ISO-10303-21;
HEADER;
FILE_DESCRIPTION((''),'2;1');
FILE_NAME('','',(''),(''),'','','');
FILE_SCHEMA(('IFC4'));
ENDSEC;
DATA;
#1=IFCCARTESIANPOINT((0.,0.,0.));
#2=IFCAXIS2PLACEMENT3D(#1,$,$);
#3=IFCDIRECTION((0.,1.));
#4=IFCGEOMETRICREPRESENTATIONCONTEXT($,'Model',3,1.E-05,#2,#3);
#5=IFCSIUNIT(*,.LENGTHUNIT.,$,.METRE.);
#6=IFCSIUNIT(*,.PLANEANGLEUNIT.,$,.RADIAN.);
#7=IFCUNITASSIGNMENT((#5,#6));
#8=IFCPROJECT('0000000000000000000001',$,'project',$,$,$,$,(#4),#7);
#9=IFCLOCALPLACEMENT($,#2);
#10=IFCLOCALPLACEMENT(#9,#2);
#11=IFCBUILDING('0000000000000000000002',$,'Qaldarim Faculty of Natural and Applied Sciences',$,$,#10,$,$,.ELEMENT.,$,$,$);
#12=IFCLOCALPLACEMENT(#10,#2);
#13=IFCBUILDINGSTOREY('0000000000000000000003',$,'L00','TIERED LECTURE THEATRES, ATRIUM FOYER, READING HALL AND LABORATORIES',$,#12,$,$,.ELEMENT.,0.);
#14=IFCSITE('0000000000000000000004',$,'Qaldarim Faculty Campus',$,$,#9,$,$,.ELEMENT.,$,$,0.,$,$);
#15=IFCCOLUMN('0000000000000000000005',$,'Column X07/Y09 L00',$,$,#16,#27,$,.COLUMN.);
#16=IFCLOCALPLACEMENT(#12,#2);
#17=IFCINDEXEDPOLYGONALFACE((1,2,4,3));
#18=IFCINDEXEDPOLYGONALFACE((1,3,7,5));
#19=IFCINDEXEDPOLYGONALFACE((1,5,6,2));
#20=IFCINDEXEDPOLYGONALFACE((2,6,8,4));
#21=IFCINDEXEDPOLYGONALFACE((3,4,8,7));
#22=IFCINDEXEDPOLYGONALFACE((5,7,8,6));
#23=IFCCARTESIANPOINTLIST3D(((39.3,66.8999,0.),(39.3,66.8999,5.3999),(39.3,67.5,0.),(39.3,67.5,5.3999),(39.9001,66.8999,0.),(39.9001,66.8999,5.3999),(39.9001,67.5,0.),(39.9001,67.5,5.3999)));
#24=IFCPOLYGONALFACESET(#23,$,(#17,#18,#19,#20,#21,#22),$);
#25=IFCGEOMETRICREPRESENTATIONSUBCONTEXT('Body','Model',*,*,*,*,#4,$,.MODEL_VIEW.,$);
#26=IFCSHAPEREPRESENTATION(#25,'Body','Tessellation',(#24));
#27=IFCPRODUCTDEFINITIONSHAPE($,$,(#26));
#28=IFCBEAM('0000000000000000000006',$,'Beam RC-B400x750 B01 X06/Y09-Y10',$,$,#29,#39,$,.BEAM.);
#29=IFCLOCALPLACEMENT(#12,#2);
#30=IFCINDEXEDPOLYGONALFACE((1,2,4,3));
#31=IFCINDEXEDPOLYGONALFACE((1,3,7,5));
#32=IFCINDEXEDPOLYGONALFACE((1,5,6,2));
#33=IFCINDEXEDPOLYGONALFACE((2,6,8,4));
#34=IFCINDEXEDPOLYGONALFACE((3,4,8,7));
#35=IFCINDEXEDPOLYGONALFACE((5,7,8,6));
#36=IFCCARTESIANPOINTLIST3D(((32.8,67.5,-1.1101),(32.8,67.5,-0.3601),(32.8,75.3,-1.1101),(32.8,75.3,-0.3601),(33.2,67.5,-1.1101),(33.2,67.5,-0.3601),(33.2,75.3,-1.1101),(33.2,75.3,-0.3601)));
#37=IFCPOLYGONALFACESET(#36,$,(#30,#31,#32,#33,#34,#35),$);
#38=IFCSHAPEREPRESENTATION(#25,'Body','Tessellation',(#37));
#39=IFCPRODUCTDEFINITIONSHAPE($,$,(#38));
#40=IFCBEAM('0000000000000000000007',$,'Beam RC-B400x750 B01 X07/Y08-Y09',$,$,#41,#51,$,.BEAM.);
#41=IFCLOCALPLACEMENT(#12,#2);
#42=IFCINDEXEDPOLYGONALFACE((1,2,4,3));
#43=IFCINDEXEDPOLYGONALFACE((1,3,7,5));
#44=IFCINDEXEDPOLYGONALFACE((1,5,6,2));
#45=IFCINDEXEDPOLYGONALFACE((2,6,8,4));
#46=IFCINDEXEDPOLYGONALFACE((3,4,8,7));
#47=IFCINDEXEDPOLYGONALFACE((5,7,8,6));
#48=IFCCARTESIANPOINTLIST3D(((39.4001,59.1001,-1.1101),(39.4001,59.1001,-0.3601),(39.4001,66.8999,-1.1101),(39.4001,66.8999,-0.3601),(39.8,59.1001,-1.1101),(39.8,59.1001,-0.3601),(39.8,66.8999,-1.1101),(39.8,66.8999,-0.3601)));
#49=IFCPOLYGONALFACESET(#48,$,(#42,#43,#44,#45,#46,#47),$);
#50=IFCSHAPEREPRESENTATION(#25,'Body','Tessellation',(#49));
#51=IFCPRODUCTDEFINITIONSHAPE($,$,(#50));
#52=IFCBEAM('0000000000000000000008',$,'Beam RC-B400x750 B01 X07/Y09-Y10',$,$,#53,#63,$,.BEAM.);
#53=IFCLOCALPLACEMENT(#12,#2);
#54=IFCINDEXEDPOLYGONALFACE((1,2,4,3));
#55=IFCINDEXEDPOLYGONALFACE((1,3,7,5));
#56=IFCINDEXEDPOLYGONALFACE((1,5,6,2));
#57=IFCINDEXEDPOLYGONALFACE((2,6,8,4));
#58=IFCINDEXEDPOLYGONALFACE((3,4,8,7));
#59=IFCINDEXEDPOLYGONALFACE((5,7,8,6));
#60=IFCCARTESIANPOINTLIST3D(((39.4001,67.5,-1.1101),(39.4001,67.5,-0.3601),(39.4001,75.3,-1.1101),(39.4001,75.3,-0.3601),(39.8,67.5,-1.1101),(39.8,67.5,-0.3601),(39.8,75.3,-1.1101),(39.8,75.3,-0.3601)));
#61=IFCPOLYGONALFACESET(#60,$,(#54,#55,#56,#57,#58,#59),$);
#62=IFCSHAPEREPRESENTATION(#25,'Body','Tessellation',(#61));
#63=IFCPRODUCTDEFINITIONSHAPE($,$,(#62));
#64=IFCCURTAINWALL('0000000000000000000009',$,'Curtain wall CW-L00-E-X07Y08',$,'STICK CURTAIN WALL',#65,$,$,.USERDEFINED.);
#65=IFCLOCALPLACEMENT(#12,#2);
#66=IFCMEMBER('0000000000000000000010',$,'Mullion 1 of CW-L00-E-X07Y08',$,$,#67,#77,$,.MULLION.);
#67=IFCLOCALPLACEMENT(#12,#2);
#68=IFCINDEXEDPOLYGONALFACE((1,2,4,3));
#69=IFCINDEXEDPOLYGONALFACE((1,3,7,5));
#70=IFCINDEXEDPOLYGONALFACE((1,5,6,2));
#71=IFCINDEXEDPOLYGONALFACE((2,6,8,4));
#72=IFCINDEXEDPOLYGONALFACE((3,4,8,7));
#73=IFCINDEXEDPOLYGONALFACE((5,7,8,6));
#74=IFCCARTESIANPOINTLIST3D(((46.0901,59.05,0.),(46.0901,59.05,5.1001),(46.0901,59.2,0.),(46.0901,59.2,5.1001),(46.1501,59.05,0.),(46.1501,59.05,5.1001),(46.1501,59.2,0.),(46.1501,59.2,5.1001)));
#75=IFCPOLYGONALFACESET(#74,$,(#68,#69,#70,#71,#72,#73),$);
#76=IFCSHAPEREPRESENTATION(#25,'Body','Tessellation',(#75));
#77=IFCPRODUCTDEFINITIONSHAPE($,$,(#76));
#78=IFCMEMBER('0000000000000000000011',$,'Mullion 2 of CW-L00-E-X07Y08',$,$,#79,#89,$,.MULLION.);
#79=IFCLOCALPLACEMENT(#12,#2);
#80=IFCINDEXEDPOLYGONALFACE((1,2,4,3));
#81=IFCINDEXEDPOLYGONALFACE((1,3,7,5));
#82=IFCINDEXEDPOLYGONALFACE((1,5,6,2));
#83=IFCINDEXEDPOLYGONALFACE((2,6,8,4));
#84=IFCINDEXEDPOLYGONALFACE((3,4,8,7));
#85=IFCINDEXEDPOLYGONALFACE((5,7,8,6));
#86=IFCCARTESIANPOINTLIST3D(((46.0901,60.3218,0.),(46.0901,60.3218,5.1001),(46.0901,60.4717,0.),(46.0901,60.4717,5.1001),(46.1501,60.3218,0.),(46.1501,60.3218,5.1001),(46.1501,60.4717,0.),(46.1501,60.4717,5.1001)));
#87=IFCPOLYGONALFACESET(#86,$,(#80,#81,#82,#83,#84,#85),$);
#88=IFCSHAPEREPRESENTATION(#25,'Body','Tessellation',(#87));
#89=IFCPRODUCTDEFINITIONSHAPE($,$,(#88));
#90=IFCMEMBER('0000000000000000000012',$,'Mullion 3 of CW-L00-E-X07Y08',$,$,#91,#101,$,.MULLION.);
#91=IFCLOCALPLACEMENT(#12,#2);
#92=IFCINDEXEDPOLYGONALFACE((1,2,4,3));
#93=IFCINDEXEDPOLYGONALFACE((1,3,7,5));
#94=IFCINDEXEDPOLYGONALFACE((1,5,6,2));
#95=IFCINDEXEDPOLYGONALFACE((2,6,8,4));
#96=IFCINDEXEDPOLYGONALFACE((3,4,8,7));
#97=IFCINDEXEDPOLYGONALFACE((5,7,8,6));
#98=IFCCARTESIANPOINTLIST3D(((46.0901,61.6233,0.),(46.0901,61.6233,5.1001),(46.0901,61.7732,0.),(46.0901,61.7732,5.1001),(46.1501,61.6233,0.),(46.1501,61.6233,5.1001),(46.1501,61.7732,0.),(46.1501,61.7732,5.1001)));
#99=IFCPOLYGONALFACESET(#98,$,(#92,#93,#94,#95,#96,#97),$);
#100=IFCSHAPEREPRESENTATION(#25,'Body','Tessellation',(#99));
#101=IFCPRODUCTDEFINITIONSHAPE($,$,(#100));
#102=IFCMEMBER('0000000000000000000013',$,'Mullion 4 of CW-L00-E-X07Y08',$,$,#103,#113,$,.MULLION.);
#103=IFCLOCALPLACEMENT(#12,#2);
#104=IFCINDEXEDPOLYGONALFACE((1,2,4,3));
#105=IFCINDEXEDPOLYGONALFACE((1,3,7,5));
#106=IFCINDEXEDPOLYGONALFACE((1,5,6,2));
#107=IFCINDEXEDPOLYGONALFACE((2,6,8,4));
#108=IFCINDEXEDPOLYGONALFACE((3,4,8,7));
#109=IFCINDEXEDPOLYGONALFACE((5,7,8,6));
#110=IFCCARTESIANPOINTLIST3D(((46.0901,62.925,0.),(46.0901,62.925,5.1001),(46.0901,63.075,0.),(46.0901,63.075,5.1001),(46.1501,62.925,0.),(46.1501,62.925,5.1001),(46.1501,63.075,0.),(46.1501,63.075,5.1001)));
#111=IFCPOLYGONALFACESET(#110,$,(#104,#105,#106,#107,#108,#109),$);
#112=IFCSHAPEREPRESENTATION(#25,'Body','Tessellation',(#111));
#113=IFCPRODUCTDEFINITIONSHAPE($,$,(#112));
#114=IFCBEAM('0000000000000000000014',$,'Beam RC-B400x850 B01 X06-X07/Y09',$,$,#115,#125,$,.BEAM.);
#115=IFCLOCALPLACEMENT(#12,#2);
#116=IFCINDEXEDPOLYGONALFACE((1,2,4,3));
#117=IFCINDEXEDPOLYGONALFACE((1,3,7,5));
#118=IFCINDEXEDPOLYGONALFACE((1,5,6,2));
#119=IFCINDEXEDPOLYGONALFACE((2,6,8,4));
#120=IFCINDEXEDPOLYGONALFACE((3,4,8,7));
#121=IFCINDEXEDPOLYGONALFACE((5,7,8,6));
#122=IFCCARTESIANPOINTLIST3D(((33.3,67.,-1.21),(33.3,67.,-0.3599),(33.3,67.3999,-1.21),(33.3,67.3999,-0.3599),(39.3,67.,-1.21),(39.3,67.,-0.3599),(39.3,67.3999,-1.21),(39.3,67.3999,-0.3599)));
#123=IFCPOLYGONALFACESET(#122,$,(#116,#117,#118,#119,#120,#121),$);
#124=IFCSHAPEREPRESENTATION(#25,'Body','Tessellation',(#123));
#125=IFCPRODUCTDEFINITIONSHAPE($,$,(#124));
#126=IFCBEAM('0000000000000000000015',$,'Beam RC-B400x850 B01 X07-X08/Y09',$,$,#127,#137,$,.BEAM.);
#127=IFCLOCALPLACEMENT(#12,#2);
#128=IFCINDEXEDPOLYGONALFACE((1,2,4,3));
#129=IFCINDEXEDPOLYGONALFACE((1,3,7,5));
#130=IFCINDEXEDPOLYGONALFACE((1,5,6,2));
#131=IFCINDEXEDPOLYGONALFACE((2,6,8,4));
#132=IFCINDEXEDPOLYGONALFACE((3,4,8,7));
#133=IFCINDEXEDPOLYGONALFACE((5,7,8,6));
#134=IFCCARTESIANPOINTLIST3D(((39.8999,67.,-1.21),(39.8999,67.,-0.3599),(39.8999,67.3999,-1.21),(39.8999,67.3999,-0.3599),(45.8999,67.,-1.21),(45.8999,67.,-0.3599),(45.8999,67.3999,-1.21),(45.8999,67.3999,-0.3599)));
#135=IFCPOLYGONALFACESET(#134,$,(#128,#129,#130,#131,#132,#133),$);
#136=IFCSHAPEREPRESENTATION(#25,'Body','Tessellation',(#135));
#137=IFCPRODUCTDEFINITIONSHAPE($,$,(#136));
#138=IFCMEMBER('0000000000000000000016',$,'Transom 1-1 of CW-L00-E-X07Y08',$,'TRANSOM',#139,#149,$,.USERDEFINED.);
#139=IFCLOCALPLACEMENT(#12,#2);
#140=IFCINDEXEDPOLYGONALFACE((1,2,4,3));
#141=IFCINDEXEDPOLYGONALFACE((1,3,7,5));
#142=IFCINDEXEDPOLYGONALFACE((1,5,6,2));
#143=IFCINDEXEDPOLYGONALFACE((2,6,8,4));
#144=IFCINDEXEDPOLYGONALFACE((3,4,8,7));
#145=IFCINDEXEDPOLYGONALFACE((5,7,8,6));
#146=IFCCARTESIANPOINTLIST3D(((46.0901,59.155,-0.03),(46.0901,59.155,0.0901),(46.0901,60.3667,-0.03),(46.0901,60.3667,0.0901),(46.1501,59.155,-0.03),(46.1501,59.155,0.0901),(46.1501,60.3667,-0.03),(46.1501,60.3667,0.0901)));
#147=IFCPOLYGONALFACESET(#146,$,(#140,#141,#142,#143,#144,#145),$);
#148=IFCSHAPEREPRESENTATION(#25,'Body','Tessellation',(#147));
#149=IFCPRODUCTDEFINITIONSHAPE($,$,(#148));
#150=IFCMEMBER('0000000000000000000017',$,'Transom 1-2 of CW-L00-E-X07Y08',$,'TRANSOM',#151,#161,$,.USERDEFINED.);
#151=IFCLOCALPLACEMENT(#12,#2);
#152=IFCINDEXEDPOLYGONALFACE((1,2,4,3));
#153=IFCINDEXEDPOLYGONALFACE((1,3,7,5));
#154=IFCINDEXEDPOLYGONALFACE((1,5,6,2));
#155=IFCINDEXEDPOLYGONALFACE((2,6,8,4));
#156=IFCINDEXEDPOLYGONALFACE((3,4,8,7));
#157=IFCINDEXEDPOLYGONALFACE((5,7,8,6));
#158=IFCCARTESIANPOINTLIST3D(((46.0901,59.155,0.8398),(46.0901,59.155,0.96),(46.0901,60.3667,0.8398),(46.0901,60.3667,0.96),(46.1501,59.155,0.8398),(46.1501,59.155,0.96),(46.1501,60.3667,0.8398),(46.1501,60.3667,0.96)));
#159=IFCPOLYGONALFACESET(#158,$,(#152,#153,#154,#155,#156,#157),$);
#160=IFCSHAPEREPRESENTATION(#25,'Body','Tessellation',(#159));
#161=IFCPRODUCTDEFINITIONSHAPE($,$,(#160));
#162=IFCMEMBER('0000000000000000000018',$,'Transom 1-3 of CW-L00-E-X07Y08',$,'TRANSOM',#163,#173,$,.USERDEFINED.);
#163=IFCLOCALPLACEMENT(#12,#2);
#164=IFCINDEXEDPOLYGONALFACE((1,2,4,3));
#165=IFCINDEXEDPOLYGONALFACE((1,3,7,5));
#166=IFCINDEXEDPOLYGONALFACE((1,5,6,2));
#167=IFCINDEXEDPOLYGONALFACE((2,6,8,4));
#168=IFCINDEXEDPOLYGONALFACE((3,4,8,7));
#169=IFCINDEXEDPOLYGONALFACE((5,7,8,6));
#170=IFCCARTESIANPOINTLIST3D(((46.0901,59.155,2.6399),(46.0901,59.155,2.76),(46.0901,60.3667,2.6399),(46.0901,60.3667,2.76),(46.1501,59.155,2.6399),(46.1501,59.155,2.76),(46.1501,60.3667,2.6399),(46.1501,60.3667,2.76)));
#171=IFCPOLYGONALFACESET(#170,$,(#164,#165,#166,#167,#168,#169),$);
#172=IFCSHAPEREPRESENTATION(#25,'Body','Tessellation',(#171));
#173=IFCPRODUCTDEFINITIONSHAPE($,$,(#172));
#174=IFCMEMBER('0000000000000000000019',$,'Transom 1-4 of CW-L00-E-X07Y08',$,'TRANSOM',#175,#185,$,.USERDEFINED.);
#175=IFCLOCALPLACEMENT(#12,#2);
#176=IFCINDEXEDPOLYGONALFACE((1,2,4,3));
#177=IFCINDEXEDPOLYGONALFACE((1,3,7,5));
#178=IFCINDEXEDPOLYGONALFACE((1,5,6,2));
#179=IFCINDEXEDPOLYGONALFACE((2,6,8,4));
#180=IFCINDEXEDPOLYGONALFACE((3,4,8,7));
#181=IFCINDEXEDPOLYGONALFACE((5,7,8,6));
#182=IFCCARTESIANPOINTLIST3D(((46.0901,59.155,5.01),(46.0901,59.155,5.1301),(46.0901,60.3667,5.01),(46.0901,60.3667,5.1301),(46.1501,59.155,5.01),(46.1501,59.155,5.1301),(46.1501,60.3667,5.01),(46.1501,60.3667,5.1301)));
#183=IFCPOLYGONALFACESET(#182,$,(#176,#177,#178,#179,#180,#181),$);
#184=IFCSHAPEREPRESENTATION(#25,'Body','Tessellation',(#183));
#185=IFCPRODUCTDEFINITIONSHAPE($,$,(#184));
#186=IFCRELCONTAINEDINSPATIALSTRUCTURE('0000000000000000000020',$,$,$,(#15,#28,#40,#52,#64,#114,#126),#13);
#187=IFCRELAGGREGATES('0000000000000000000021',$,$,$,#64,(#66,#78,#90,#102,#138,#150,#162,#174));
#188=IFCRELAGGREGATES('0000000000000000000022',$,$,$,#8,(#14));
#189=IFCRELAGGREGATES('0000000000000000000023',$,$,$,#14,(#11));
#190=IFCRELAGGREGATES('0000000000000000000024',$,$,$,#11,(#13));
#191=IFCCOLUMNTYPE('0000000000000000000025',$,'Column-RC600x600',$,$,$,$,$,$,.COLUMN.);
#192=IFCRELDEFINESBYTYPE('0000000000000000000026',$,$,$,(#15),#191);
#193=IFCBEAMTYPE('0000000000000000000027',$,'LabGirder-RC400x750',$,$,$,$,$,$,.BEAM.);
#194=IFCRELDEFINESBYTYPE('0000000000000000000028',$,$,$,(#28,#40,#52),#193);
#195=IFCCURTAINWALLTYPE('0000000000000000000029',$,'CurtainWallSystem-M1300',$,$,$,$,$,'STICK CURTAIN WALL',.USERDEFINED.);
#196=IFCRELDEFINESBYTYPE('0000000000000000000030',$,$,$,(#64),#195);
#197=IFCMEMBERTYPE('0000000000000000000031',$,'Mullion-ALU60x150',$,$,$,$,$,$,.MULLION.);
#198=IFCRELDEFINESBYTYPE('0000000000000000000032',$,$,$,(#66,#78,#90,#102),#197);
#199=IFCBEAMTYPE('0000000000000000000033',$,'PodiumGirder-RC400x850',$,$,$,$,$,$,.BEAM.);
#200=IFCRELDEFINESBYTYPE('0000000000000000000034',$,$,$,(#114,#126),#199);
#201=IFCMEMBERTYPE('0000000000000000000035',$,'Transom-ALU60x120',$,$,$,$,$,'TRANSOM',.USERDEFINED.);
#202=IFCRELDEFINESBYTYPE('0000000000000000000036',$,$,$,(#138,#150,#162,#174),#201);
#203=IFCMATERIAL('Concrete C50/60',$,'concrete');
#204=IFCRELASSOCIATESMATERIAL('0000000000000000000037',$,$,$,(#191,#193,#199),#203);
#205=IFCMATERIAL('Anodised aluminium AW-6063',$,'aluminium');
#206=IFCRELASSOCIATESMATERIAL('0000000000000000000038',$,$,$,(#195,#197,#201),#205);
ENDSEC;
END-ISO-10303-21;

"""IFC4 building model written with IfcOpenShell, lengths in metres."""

from ifc_helpers import new_model, si_unit, direction, frame, origin, origin_2d, place, context, subcontext, project, spatial, rectangle, extrude, material, material_profile, profile_set, type_object, element, aggregate, save


model = new_model("IFC4")

# Units and contexts
model_context = context("Model", 3, precision=1e-05, world=origin(), true_north=direction((0.0, 1.0)))
body_context = subcontext(model_context, "Body", "Model", "MODEL_VIEW")
ifc_project = project(units=[si_unit("LENGTHUNIT", "METRE"), si_unit("PLANEANGLEUNIT", "RADIAN")], contexts=[model_context])

# Site, building, storey
site_placement = place(None, origin())
site = spatial("IfcSite", under=ifc_project, at=site_placement, Name="Qaldarim Faculty Campus", CompositionType="ELEMENT", RefElevation=0.0)
building_placement = place(site_placement, origin())
building = spatial("IfcBuilding", under=site, at=building_placement, Name="Qaldarim Faculty of Natural and Applied Sciences", CompositionType="ELEMENT")
storey_placement = place(building_placement, origin())
storey = spatial("IfcBuildingStorey", under=building, at=storey_placement, Name="L00", Description="TIERED LECTURE THEATRES, ATRIUM FOYER, READING HALL AND LABORATORIES", CompositionType="ELEMENT", Elevation=0.0)

# Column
ifc_material_1 = material(Name="Concrete C50/60", Category="concrete")
ifc_material_profile_1 = material_profile(ifc_material_1, rectangle(XDim=0.6001, YDim=0.6001, at=origin_2d()), Name="RC-C600x600")
ifc_profile_set_1 = profile_set([ifc_material_profile_1], Name="Concrete C50/60")
column_type = type_object("IfcColumnType", Name="Column-RC600x600", PredefinedType="COLUMN", material=ifc_profile_set_1)
column_placement = place(storey_placement, frame((39.6001, 67.2, 0.0), z_axis=(0.0, 0.0, 1.0), x_axis=(1.0, 0.0, 0.0)))
element("IfcColumn", 1, at=column_placement, inside=storey, type_object=column_type, Name="Column X07/Y09 L00", PredefinedType="COLUMN", context=body_context, shape_type="SweptSolid", body=[
    extrude(rectangle(XDim=0.6001, YDim=0.6001, at=origin_2d()), origin(), (0.0, 0.0, 1.0), 5.3999),
])

# Beams
ifc_material_profile_2 = material_profile(ifc_material_1, rectangle(XDim=0.3999, YDim=0.75, at=origin_2d()), Name="RC-B400x750")
ifc_profile_set_2 = profile_set([ifc_material_profile_2], Name="Concrete C50/60")
beam_type_1 = type_object("IfcBeamType", Name="LabGirder-RC400x750", PredefinedType="BEAM", material=ifc_profile_set_2)
beam_1_placement = place(storey_placement, frame((33.0, 67.5, -0.7351), z_axis=(0.0, 1.0, 0.0), x_axis=(-1.0, 0.0, 0.0)))
element("IfcBeam", 2, at=beam_1_placement, inside=storey, type_object=beam_type_1, Name="Beam RC-B400x750 B01 X06/Y09-Y10", PredefinedType="BEAM", context=body_context, shape_type="SweptSolid", body=[
    extrude(rectangle(XDim=0.3999, YDim=0.75, at=origin_2d()), origin(), (0.0, 0.0, 1.0), 7.8),
])
beam_2_placement = place(storey_placement, frame((39.6001, 59.1001, -0.7351), z_axis=(0.0, 1.0, 0.0), x_axis=(-1.0, 0.0, 0.0)))
element("IfcBeam", 3, at=beam_2_placement, inside=storey, type_object=beam_type_1, Name="Beam RC-B400x750 B01 X07/Y08-Y09", PredefinedType="BEAM", context=body_context, shape_type="SweptSolid", body=[
    extrude(rectangle(XDim=0.3999, YDim=0.75, at=origin_2d()), origin(), (0.0, 0.0, 1.0), 7.7998),
])
beam_3_placement = place(storey_placement, frame((39.6001, 67.5, -0.7351), z_axis=(0.0, 1.0, 0.0), x_axis=(-1.0, 0.0, 0.0)))
element("IfcBeam", 4, at=beam_3_placement, inside=storey, type_object=beam_type_1, Name="Beam RC-B400x750 B01 X07/Y09-Y10", PredefinedType="BEAM", context=body_context, shape_type="SweptSolid", body=[
    extrude(rectangle(XDim=0.3999, YDim=0.75, at=origin_2d()), origin(), (0.0, 0.0, 1.0), 7.8),
])

# Curtain wall, members
ifc_material_2 = material(Name="Anodised aluminium AW-6063", Category="aluminium")
curtain_wall_type = type_object("IfcCurtainWallType", Name="CurtainWallSystem-M1300", ElementType="STICK CURTAIN WALL", PredefinedType="USERDEFINED", material=ifc_material_2)
curtain_wall_placement = place(storey_placement, origin())
curtain_wall = element("IfcCurtainWall", 5, at=curtain_wall_placement, inside=storey, type_object=curtain_wall_type, Name="Curtain wall CW-L00-E-X07Y08", ObjectType="STICK CURTAIN WALL", PredefinedType="USERDEFINED")
ifc_material_profile_3 = material_profile(ifc_material_2, rectangle(XDim=0.0601, YDim=0.1499, at=origin_2d()), Name="ALU-M60x150")
ifc_profile_set_3 = profile_set([ifc_material_profile_3], Name="Anodised aluminium AW-6063")
member_type_1 = type_object("IfcMemberType", Name="Mullion-ALU60x150", PredefinedType="MULLION", material=ifc_profile_set_3)
member_1_placement = place(storey_placement, frame((46.1201, 59.125, 0.0), z_axis=(0.0, 0.0, 1.0), x_axis=(-1.0, 0.0, 0.0)))
member_1 = element("IfcMember", 6, at=member_1_placement, type_object=member_type_1, Name="Mullion 1 of CW-L00-E-X07Y08", PredefinedType="MULLION", context=body_context, shape_type="SweptSolid", body=[
    extrude(rectangle(XDim=0.0601, YDim=0.1499, at=origin_2d()), origin(), (0.0, 0.0, 1.0), 5.1001),
])
member_2_placement = place(storey_placement, frame((46.1201, 60.3967, 0.0), z_axis=(0.0, 0.0, 1.0), x_axis=(-1.0, 0.0, 0.0)))
member_2 = element("IfcMember", 7, at=member_2_placement, type_object=member_type_1, Name="Mullion 2 of CW-L00-E-X07Y08", PredefinedType="MULLION", context=body_context, shape_type="SweptSolid", body=[
    extrude(rectangle(XDim=0.0601, YDim=0.1499, at=origin_2d()), origin(), (0.0, 0.0, 1.0), 5.1001),
])
member_3_placement = place(storey_placement, frame((46.1201, 61.6982, 0.0), z_axis=(0.0, 0.0, 1.0), x_axis=(-1.0, 0.0, 0.0)))
member_3 = element("IfcMember", 8, at=member_3_placement, type_object=member_type_1, Name="Mullion 3 of CW-L00-E-X07Y08", PredefinedType="MULLION", context=body_context, shape_type="SweptSolid", body=[
    extrude(rectangle(XDim=0.0601, YDim=0.1499, at=origin_2d()), origin(), (0.0, 0.0, 1.0), 5.1001),
])
member_4_placement = place(storey_placement, frame((46.1201, 63.0, 0.0), z_axis=(0.0, 0.0, 1.0), x_axis=(-1.0, 0.0, 0.0)))
member_4 = element("IfcMember", 9, at=member_4_placement, type_object=member_type_1, Name="Mullion 4 of CW-L00-E-X07Y08", PredefinedType="MULLION", context=body_context, shape_type="SweptSolid", body=[
    extrude(rectangle(XDim=0.0601, YDim=0.1499, at=origin_2d()), origin(), (0.0, 0.0, 1.0), 5.1001),
])

# Beams
ifc_material_profile_4 = material_profile(ifc_material_1, rectangle(XDim=0.3999, YDim=0.8501, at=origin_2d()), Name="RC-B400x850")
ifc_profile_set_4 = profile_set([ifc_material_profile_4], Name="Concrete C50/60")
beam_type_2 = type_object("IfcBeamType", Name="PodiumGirder-RC400x850", PredefinedType="BEAM", material=ifc_profile_set_4)
for number, where, z_axis, x_axis, name in (
    (10, (33.3, 67.2, -0.7849), (1.0, 0.0, 0.0), (0.0, 1.0, 0.0), "Beam RC-B400x850 B01 X06-X07/Y09"),
    (11, (39.8999, 67.2, -0.7849), (1.0, 0.0, 0.0), (0.0, 1.0, 0.0), "Beam RC-B400x850 B01 X07-X08/Y09"),
):
    element("IfcBeam", number, at=place(storey_placement, frame(where, z_axis=z_axis, x_axis=x_axis)), inside=storey, type_object=beam_type_2, Name=name, PredefinedType="BEAM", context=body_context, shape_type="SweptSolid", body=[
        extrude(rectangle(XDim=0.3999, YDim=0.8501, at=origin_2d()), origin(), (0.0, 0.0, 1.0), 6.0),
    ])

# Members
ifc_material_profile_5 = material_profile(ifc_material_2, rectangle(XDim=0.0601, YDim=0.1201, at=origin_2d()), Name="ALU-T60x120")
ifc_profile_set_5 = profile_set([ifc_material_profile_5], Name="Anodised aluminium AW-6063")
member_type_2 = type_object("IfcMemberType", Name="Transom-ALU60x120", ElementType="TRANSOM", PredefinedType="USERDEFINED", material=ifc_profile_set_5)
member_5_placement = place(storey_placement, frame((46.1201, 59.155, 0.03), z_axis=(0.0, 1.0, 0.0), x_axis=(-1.0, 0.0, 0.0)))
member_5 = element("IfcMember", 12, at=member_5_placement, type_object=member_type_2, Name="Transom 1-1 of CW-L00-E-X07Y08", ObjectType="TRANSOM", PredefinedType="USERDEFINED", context=body_context, shape_type="SweptSolid", body=[
    extrude(rectangle(XDim=0.0601, YDim=0.1201, at=origin_2d()), origin(), (0.0, 0.0, 1.0), 1.2117),
])
member_6_placement = place(storey_placement, frame((46.1201, 59.155, 0.8999), z_axis=(0.0, 1.0, 0.0), x_axis=(-1.0, 0.0, 0.0)))
member_6 = element("IfcMember", 13, at=member_6_placement, type_object=member_type_2, Name="Transom 1-2 of CW-L00-E-X07Y08", ObjectType="TRANSOM", PredefinedType="USERDEFINED", context=body_context, shape_type="SweptSolid", body=[
    extrude(rectangle(XDim=0.0601, YDim=0.1201, at=origin_2d()), origin(), (0.0, 0.0, 1.0), 1.2117),
])
member_7_placement = place(storey_placement, frame((46.1201, 59.155, 2.7), z_axis=(0.0, 1.0, 0.0), x_axis=(-1.0, 0.0, 0.0)))
member_7 = element("IfcMember", 14, at=member_7_placement, type_object=member_type_2, Name="Transom 1-3 of CW-L00-E-X07Y08", ObjectType="TRANSOM", PredefinedType="USERDEFINED", context=body_context, shape_type="SweptSolid", body=[
    extrude(rectangle(XDim=0.0601, YDim=0.1201, at=origin_2d()), origin(), (0.0, 0.0, 1.0), 1.2117),
])
member_8_placement = place(storey_placement, frame((46.1201, 59.155, 5.0701), z_axis=(0.0, 1.0, 0.0), x_axis=(-1.0, 0.0, 0.0)))
member_8 = element("IfcMember", 15, at=member_8_placement, type_object=member_type_2, Name="Transom 1-4 of CW-L00-E-X07Y08", ObjectType="TRANSOM", PredefinedType="USERDEFINED", context=body_context, shape_type="SweptSolid", body=[
    extrude(rectangle(XDim=0.0601, YDim=0.1201, at=origin_2d()), origin(), (0.0, 0.0, 1.0), 1.2117),
])

aggregate(curtain_wall, [member_1, member_2, member_3, member_4, member_5, member_6, member_7, member_8])

save(model, "model.ifc")
